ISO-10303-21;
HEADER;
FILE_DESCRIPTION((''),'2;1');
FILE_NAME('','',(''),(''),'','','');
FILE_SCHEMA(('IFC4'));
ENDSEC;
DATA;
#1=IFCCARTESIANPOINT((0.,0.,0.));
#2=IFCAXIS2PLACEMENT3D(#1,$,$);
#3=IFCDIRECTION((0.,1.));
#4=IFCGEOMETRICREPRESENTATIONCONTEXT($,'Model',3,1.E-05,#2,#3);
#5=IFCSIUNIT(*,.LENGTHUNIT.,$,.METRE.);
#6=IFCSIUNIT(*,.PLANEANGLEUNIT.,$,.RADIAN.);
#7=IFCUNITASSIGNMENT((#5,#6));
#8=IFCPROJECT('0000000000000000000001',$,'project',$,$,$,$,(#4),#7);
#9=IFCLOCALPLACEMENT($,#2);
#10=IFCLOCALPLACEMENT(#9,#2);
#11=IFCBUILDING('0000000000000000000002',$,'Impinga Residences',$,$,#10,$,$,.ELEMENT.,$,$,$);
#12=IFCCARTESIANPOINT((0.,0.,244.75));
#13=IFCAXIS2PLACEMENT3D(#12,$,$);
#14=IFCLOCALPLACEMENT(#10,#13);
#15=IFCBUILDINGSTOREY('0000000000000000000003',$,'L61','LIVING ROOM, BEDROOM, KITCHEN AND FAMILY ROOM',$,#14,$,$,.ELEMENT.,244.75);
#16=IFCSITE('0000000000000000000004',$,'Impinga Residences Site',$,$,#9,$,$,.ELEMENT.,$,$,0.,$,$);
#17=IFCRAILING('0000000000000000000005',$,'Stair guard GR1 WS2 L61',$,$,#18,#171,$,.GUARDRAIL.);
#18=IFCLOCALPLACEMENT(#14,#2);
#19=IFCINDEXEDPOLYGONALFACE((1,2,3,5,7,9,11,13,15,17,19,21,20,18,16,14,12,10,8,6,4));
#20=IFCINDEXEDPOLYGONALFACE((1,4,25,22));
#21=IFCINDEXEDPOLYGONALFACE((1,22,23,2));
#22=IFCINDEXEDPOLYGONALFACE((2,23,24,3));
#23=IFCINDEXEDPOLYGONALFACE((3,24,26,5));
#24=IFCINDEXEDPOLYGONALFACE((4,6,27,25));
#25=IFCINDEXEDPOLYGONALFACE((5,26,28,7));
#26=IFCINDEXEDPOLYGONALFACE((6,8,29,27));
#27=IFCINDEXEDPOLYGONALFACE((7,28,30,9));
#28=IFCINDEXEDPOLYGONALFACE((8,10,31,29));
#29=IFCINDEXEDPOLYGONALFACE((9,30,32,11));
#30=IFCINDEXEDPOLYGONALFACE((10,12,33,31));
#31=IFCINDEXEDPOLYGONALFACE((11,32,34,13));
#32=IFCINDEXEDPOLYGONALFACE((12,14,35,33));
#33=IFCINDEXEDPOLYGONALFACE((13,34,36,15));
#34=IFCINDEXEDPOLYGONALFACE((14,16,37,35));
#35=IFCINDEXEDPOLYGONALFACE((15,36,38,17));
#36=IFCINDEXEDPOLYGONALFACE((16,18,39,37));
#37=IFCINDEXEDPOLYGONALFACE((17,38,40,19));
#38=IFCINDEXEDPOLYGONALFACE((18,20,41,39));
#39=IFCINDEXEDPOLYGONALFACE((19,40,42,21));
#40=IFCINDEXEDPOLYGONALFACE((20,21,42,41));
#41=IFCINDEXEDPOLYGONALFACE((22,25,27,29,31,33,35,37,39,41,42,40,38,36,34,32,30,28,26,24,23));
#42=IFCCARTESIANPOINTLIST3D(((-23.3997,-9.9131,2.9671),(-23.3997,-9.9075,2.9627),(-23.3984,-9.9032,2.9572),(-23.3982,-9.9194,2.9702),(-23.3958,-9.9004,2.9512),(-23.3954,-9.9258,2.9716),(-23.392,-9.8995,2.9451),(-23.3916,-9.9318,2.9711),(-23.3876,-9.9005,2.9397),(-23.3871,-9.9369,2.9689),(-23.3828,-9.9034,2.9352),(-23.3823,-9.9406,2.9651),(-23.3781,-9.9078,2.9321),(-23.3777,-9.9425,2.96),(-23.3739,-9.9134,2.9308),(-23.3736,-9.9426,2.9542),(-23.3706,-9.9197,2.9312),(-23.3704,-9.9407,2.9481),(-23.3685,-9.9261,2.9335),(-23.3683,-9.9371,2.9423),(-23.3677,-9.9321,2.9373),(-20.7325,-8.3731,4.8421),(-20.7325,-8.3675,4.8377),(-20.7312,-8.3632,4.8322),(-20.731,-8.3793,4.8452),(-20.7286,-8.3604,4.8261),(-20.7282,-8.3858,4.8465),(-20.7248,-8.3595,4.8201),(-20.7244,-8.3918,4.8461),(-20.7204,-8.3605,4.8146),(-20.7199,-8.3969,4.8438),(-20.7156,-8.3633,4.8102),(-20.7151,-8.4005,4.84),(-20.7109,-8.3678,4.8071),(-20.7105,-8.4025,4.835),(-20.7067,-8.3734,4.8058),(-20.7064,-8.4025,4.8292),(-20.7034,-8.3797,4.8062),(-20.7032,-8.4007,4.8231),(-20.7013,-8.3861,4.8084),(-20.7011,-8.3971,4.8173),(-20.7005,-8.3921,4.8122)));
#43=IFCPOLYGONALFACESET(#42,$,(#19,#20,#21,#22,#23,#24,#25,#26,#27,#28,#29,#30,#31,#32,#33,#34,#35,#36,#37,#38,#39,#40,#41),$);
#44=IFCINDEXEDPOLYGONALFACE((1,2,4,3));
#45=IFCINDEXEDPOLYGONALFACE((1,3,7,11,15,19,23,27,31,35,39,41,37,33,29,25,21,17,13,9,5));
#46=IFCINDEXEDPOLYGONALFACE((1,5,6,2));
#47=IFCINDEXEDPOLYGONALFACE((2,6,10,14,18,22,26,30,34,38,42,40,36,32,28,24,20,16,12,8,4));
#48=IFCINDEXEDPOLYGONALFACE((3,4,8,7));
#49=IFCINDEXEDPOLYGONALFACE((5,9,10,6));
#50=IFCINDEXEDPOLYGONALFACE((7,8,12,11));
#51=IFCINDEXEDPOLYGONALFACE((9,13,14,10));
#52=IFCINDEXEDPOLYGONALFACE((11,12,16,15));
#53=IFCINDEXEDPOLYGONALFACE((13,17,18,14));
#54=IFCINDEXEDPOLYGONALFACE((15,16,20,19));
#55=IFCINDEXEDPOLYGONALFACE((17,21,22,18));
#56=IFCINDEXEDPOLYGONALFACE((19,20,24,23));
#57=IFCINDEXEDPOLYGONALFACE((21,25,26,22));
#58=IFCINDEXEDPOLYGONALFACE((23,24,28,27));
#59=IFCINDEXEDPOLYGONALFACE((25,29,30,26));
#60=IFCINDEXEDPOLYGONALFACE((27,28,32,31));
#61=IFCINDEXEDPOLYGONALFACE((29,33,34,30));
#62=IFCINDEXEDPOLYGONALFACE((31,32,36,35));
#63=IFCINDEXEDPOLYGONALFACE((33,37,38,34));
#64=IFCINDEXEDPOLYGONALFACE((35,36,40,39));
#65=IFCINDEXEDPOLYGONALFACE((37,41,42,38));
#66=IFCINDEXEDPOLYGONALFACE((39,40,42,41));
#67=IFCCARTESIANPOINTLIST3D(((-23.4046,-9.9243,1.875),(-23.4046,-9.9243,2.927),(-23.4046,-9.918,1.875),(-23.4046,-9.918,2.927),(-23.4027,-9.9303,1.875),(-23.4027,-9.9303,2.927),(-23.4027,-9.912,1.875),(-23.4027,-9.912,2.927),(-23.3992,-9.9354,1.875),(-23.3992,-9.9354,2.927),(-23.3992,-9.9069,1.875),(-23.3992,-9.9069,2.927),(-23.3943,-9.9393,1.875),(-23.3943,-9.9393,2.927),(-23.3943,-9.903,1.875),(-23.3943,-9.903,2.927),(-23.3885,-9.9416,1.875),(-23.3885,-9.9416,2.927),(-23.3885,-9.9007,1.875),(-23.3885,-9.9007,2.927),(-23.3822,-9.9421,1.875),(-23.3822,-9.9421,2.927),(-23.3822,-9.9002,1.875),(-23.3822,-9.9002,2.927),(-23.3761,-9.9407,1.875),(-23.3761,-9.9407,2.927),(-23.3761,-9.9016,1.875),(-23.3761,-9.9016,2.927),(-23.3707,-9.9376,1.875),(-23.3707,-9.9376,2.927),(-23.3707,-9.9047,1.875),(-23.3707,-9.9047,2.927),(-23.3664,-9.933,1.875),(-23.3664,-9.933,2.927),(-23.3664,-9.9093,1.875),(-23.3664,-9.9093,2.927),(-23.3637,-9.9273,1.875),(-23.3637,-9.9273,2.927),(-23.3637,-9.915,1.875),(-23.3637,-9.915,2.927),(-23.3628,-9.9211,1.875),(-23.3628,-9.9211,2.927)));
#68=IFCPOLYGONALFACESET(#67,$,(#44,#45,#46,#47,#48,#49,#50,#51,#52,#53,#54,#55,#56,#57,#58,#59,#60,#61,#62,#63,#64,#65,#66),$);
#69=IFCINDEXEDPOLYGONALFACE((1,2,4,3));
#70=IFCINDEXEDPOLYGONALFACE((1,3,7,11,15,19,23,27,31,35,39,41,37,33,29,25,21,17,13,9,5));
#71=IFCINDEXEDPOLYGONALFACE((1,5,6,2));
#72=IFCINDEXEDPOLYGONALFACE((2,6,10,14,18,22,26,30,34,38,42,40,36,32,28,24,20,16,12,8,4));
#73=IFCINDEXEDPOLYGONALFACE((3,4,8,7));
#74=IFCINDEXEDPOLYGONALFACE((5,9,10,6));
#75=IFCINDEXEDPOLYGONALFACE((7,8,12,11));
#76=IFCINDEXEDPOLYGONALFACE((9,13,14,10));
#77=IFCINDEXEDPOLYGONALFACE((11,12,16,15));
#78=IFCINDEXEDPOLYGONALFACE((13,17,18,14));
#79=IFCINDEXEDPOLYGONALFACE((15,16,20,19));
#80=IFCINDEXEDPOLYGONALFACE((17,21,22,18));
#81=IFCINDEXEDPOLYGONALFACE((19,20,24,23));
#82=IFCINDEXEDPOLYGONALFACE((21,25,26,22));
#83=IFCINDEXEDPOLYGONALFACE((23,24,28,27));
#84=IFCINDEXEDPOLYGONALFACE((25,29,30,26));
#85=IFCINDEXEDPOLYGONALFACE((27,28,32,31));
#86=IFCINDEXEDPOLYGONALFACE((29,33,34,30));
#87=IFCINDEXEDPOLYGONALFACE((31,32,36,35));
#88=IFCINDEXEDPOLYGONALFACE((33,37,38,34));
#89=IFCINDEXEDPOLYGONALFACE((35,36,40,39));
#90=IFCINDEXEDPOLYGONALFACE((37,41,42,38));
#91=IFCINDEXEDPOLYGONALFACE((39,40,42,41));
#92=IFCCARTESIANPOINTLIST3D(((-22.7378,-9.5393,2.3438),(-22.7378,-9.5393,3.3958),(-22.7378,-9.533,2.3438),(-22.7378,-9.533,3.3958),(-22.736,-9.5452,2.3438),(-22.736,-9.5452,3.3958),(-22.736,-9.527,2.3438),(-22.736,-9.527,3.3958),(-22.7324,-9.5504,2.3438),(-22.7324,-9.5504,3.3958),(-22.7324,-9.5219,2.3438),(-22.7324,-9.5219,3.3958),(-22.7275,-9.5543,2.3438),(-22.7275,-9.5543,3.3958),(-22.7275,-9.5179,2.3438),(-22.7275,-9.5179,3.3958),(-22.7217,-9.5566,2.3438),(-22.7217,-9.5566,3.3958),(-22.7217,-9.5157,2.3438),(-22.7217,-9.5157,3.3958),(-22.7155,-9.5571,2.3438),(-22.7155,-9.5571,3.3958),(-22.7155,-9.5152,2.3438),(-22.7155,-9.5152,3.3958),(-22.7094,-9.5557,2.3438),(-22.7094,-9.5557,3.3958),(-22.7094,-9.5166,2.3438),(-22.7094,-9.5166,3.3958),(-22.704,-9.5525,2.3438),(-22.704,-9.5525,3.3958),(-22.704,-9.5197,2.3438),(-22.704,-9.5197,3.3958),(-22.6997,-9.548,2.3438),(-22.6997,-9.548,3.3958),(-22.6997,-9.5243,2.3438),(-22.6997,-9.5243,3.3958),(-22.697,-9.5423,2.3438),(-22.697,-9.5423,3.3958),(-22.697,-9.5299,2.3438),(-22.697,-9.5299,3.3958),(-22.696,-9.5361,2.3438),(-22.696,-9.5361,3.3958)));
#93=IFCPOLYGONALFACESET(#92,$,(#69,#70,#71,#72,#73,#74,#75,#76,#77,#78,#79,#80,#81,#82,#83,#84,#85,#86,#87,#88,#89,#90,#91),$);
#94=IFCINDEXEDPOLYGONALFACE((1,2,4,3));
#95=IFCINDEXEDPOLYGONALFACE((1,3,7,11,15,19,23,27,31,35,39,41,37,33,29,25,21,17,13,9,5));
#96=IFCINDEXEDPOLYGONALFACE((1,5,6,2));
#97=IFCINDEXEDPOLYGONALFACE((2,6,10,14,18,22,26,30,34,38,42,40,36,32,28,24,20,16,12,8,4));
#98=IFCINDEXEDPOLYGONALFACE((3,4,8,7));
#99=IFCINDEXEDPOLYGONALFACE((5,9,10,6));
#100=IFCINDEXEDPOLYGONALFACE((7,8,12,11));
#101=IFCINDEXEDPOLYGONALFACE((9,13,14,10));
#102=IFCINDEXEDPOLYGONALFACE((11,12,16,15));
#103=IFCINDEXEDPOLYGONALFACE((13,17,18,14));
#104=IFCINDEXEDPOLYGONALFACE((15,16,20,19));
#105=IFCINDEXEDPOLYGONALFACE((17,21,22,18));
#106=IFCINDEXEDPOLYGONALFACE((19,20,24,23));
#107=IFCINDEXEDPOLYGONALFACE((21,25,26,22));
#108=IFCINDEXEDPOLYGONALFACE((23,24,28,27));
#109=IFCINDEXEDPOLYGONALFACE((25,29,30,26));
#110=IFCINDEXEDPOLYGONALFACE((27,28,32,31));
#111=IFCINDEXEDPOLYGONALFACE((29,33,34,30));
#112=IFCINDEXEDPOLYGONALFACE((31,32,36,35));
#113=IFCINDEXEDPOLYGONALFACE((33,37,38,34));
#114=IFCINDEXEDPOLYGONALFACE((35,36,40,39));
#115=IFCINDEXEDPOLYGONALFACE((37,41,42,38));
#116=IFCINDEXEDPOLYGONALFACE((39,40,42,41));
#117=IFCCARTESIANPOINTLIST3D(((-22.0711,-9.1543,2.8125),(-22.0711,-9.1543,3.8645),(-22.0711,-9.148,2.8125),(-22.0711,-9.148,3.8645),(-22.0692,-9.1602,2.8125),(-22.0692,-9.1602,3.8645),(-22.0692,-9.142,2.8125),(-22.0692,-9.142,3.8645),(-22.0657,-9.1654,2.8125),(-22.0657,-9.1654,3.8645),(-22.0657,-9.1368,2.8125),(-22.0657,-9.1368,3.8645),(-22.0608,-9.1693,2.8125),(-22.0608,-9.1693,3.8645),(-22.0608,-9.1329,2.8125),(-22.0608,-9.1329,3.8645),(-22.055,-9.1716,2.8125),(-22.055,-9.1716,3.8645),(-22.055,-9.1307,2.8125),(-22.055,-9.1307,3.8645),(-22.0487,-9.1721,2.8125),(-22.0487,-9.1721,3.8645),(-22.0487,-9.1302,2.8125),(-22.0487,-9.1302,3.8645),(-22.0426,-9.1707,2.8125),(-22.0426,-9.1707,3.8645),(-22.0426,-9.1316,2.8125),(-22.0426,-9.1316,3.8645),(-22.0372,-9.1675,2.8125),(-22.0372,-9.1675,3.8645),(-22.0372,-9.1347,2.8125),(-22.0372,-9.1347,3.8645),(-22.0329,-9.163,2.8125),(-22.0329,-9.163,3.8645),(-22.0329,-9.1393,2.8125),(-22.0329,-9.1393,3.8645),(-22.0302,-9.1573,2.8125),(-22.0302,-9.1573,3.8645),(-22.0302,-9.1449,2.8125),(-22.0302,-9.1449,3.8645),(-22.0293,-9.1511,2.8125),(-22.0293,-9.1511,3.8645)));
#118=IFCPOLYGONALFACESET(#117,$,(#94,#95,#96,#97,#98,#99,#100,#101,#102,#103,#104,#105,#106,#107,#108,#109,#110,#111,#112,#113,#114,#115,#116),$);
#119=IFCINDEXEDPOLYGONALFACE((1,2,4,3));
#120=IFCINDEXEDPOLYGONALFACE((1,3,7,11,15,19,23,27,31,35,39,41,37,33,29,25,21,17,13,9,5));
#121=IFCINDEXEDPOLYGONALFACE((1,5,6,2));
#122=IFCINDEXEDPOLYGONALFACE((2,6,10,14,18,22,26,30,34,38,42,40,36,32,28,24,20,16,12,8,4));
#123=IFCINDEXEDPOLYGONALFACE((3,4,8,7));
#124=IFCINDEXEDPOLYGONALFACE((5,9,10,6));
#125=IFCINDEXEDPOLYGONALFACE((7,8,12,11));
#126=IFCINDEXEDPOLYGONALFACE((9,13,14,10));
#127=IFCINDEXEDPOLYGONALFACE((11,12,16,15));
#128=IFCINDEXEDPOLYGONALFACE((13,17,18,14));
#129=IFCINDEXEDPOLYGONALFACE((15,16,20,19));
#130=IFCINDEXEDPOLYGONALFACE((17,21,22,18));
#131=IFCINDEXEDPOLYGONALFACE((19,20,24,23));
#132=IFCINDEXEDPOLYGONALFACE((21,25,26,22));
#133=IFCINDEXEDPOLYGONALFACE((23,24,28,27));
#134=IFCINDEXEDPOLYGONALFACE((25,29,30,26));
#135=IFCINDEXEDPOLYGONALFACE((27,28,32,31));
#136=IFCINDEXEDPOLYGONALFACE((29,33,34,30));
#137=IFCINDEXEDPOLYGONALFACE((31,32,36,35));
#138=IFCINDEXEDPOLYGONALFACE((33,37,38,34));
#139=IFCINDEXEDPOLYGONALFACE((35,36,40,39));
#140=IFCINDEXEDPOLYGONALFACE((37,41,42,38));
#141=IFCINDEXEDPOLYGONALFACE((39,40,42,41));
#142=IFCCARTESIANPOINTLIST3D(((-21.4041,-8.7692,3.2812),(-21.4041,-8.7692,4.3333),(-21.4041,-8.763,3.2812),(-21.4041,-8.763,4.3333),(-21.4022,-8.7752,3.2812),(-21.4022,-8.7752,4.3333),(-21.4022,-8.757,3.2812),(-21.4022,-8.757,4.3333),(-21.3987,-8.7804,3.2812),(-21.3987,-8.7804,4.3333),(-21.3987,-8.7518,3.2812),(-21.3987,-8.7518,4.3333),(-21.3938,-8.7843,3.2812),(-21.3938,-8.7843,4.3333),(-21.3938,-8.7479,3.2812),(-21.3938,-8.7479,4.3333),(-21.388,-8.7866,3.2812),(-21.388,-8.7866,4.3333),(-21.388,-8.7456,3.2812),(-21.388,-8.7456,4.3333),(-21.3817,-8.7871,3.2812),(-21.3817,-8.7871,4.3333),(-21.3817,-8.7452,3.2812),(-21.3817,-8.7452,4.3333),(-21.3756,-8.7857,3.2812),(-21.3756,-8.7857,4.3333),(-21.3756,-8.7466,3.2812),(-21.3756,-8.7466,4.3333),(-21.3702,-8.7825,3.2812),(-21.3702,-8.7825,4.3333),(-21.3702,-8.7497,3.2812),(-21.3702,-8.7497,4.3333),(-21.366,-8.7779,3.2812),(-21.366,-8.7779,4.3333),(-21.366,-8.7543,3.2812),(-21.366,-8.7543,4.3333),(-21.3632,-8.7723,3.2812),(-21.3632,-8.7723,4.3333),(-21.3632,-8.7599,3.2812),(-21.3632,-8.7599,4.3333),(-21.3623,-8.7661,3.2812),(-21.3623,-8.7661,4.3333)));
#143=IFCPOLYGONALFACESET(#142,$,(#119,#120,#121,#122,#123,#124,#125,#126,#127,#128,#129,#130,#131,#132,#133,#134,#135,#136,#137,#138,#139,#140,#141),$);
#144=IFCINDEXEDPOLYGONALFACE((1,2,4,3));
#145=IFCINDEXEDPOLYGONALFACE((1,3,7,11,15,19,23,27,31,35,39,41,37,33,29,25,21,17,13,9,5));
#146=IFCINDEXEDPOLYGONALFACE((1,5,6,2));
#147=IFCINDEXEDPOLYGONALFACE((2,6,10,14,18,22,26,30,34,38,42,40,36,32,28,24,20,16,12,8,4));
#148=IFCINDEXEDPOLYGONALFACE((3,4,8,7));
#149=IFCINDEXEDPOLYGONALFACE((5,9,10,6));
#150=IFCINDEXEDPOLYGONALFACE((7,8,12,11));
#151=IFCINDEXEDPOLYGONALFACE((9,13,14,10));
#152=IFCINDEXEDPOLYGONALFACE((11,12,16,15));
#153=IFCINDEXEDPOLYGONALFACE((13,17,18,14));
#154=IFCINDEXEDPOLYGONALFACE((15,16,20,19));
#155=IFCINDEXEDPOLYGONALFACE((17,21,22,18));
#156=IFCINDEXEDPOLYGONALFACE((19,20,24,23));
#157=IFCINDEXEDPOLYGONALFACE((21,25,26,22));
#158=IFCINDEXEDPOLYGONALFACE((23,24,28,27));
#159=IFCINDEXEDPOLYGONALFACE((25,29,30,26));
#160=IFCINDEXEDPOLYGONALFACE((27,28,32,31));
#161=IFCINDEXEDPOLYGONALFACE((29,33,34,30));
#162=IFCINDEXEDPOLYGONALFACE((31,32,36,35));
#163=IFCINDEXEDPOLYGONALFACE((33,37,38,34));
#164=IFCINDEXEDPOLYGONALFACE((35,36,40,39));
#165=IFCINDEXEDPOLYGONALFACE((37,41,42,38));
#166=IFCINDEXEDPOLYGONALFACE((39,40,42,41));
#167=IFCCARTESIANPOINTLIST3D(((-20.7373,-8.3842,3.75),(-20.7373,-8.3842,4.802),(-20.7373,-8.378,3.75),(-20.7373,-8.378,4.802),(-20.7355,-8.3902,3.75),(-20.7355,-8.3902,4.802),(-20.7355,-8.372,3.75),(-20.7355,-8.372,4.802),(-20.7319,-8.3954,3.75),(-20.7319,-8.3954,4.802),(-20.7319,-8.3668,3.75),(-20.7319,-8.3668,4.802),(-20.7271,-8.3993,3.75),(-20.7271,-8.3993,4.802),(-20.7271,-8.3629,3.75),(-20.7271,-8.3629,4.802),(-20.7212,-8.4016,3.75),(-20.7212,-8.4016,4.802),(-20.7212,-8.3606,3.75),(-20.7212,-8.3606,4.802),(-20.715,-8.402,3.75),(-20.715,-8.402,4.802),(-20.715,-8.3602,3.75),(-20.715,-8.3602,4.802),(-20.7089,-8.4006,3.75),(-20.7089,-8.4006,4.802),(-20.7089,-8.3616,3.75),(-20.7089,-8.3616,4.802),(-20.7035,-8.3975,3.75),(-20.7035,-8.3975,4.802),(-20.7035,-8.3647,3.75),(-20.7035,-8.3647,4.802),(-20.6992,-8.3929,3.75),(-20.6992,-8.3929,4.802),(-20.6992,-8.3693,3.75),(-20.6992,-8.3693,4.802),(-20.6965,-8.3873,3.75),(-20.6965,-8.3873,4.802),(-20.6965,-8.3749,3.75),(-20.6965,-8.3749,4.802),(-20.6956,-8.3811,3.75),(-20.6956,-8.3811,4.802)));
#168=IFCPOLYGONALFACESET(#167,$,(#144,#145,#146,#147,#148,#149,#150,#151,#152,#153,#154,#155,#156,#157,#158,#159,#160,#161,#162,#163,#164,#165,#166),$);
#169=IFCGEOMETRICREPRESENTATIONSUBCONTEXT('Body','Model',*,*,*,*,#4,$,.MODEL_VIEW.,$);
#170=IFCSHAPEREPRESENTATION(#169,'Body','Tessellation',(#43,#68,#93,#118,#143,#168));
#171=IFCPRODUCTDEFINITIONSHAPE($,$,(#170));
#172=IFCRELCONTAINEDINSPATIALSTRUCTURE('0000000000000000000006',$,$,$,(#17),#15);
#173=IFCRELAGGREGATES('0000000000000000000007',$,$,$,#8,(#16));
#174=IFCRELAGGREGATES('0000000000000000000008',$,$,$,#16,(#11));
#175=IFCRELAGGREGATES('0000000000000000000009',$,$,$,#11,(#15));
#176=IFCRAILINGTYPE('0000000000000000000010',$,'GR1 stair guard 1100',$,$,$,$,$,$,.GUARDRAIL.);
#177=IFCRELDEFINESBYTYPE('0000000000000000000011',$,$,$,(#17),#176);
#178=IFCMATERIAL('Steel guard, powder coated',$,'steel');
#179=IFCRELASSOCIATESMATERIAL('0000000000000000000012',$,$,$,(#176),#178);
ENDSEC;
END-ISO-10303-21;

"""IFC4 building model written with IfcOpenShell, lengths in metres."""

from ifc_helpers import new_model, si_unit, direction, frame, origin, origin_2d, place, context, subcontext, project, spatial, circle, extrude, material, type_object, element, save


model = new_model("IFC4")

# Units and contexts
model_context = context("Model", 3, precision=1e-05, world=origin(), true_north=direction((0.0, 1.0)))
body_context = subcontext(model_context, "Body", "Model", "MODEL_VIEW")
ifc_project = project(units=[si_unit("LENGTHUNIT", "METRE"), si_unit("PLANEANGLEUNIT", "RADIAN")], contexts=[model_context])

# Site, building, storey
site_placement = place(None, origin())
site = spatial("IfcSite", under=ifc_project, at=site_placement, Name="Impinga Residences Site", CompositionType="ELEMENT", RefElevation=0.0)
building_placement = place(site_placement, origin())
building = spatial("IfcBuilding", under=site, at=building_placement, Name="Impinga Residences", CompositionType="ELEMENT")
storey_placement = place(building_placement, frame((0.0, 0.0, 244.75)))
storey = spatial("IfcBuildingStorey", under=building, at=storey_placement, Name="L61", Description="LIVING ROOM, BEDROOM, KITCHEN AND FAMILY ROOM", CompositionType="ELEMENT", Elevation=244.75)

# Railing
ifc_material_1 = material(Name="Steel guard, powder coated", Category="steel")
railing_type = type_object("IfcRailingType", Name="GR1 stair guard 1100", PredefinedType="GUARDRAIL", material=ifc_material_1)
railing_placement = place(storey_placement, frame((-23.3838, -9.9211, 1.875)))
element("IfcRailing", 1, at=railing_placement, inside=storey, type_object=railing_type, Name="Stair guard GR1 WS2 L61", PredefinedType="GUARDRAIL", context=body_context, shape_type="SweptSolid", body=[
    extrude(circle(Radius=0.0239, at=origin_2d()), frame((0.0, 0.0, 1.0762), z_axis=(0.739716, 0.427105, 0.520002), x_axis=(-0.500027, 0.86601, 0.0)), (0.0, 0.0, 1.0), 3.6057),
    extrude(circle(Radius=0.021, at=origin_2d()), origin(), (0.0, 0.0, 1.0), 1.052),
    extrude(circle(Radius=0.021, at=origin_2d()), frame((0.6667, 0.385, 0.4688)), (0.0, 0.0, 1.0), 1.052),
    extrude(circle(Radius=0.021, at=origin_2d()), frame((1.3335, 0.77, 0.9375)), (0.0, 0.0, 1.0), 1.052),
    extrude(circle(Radius=0.021, at=origin_2d()), frame((2.0005, 1.155, 1.4062)), (0.0, 0.0, 1.0), 1.052),
    extrude(circle(Radius=0.021, at=origin_2d()), frame((2.6672, 1.54, 1.875)), (0.0, 0.0, 1.0), 1.052),
])

save(model, "model.ifc")
